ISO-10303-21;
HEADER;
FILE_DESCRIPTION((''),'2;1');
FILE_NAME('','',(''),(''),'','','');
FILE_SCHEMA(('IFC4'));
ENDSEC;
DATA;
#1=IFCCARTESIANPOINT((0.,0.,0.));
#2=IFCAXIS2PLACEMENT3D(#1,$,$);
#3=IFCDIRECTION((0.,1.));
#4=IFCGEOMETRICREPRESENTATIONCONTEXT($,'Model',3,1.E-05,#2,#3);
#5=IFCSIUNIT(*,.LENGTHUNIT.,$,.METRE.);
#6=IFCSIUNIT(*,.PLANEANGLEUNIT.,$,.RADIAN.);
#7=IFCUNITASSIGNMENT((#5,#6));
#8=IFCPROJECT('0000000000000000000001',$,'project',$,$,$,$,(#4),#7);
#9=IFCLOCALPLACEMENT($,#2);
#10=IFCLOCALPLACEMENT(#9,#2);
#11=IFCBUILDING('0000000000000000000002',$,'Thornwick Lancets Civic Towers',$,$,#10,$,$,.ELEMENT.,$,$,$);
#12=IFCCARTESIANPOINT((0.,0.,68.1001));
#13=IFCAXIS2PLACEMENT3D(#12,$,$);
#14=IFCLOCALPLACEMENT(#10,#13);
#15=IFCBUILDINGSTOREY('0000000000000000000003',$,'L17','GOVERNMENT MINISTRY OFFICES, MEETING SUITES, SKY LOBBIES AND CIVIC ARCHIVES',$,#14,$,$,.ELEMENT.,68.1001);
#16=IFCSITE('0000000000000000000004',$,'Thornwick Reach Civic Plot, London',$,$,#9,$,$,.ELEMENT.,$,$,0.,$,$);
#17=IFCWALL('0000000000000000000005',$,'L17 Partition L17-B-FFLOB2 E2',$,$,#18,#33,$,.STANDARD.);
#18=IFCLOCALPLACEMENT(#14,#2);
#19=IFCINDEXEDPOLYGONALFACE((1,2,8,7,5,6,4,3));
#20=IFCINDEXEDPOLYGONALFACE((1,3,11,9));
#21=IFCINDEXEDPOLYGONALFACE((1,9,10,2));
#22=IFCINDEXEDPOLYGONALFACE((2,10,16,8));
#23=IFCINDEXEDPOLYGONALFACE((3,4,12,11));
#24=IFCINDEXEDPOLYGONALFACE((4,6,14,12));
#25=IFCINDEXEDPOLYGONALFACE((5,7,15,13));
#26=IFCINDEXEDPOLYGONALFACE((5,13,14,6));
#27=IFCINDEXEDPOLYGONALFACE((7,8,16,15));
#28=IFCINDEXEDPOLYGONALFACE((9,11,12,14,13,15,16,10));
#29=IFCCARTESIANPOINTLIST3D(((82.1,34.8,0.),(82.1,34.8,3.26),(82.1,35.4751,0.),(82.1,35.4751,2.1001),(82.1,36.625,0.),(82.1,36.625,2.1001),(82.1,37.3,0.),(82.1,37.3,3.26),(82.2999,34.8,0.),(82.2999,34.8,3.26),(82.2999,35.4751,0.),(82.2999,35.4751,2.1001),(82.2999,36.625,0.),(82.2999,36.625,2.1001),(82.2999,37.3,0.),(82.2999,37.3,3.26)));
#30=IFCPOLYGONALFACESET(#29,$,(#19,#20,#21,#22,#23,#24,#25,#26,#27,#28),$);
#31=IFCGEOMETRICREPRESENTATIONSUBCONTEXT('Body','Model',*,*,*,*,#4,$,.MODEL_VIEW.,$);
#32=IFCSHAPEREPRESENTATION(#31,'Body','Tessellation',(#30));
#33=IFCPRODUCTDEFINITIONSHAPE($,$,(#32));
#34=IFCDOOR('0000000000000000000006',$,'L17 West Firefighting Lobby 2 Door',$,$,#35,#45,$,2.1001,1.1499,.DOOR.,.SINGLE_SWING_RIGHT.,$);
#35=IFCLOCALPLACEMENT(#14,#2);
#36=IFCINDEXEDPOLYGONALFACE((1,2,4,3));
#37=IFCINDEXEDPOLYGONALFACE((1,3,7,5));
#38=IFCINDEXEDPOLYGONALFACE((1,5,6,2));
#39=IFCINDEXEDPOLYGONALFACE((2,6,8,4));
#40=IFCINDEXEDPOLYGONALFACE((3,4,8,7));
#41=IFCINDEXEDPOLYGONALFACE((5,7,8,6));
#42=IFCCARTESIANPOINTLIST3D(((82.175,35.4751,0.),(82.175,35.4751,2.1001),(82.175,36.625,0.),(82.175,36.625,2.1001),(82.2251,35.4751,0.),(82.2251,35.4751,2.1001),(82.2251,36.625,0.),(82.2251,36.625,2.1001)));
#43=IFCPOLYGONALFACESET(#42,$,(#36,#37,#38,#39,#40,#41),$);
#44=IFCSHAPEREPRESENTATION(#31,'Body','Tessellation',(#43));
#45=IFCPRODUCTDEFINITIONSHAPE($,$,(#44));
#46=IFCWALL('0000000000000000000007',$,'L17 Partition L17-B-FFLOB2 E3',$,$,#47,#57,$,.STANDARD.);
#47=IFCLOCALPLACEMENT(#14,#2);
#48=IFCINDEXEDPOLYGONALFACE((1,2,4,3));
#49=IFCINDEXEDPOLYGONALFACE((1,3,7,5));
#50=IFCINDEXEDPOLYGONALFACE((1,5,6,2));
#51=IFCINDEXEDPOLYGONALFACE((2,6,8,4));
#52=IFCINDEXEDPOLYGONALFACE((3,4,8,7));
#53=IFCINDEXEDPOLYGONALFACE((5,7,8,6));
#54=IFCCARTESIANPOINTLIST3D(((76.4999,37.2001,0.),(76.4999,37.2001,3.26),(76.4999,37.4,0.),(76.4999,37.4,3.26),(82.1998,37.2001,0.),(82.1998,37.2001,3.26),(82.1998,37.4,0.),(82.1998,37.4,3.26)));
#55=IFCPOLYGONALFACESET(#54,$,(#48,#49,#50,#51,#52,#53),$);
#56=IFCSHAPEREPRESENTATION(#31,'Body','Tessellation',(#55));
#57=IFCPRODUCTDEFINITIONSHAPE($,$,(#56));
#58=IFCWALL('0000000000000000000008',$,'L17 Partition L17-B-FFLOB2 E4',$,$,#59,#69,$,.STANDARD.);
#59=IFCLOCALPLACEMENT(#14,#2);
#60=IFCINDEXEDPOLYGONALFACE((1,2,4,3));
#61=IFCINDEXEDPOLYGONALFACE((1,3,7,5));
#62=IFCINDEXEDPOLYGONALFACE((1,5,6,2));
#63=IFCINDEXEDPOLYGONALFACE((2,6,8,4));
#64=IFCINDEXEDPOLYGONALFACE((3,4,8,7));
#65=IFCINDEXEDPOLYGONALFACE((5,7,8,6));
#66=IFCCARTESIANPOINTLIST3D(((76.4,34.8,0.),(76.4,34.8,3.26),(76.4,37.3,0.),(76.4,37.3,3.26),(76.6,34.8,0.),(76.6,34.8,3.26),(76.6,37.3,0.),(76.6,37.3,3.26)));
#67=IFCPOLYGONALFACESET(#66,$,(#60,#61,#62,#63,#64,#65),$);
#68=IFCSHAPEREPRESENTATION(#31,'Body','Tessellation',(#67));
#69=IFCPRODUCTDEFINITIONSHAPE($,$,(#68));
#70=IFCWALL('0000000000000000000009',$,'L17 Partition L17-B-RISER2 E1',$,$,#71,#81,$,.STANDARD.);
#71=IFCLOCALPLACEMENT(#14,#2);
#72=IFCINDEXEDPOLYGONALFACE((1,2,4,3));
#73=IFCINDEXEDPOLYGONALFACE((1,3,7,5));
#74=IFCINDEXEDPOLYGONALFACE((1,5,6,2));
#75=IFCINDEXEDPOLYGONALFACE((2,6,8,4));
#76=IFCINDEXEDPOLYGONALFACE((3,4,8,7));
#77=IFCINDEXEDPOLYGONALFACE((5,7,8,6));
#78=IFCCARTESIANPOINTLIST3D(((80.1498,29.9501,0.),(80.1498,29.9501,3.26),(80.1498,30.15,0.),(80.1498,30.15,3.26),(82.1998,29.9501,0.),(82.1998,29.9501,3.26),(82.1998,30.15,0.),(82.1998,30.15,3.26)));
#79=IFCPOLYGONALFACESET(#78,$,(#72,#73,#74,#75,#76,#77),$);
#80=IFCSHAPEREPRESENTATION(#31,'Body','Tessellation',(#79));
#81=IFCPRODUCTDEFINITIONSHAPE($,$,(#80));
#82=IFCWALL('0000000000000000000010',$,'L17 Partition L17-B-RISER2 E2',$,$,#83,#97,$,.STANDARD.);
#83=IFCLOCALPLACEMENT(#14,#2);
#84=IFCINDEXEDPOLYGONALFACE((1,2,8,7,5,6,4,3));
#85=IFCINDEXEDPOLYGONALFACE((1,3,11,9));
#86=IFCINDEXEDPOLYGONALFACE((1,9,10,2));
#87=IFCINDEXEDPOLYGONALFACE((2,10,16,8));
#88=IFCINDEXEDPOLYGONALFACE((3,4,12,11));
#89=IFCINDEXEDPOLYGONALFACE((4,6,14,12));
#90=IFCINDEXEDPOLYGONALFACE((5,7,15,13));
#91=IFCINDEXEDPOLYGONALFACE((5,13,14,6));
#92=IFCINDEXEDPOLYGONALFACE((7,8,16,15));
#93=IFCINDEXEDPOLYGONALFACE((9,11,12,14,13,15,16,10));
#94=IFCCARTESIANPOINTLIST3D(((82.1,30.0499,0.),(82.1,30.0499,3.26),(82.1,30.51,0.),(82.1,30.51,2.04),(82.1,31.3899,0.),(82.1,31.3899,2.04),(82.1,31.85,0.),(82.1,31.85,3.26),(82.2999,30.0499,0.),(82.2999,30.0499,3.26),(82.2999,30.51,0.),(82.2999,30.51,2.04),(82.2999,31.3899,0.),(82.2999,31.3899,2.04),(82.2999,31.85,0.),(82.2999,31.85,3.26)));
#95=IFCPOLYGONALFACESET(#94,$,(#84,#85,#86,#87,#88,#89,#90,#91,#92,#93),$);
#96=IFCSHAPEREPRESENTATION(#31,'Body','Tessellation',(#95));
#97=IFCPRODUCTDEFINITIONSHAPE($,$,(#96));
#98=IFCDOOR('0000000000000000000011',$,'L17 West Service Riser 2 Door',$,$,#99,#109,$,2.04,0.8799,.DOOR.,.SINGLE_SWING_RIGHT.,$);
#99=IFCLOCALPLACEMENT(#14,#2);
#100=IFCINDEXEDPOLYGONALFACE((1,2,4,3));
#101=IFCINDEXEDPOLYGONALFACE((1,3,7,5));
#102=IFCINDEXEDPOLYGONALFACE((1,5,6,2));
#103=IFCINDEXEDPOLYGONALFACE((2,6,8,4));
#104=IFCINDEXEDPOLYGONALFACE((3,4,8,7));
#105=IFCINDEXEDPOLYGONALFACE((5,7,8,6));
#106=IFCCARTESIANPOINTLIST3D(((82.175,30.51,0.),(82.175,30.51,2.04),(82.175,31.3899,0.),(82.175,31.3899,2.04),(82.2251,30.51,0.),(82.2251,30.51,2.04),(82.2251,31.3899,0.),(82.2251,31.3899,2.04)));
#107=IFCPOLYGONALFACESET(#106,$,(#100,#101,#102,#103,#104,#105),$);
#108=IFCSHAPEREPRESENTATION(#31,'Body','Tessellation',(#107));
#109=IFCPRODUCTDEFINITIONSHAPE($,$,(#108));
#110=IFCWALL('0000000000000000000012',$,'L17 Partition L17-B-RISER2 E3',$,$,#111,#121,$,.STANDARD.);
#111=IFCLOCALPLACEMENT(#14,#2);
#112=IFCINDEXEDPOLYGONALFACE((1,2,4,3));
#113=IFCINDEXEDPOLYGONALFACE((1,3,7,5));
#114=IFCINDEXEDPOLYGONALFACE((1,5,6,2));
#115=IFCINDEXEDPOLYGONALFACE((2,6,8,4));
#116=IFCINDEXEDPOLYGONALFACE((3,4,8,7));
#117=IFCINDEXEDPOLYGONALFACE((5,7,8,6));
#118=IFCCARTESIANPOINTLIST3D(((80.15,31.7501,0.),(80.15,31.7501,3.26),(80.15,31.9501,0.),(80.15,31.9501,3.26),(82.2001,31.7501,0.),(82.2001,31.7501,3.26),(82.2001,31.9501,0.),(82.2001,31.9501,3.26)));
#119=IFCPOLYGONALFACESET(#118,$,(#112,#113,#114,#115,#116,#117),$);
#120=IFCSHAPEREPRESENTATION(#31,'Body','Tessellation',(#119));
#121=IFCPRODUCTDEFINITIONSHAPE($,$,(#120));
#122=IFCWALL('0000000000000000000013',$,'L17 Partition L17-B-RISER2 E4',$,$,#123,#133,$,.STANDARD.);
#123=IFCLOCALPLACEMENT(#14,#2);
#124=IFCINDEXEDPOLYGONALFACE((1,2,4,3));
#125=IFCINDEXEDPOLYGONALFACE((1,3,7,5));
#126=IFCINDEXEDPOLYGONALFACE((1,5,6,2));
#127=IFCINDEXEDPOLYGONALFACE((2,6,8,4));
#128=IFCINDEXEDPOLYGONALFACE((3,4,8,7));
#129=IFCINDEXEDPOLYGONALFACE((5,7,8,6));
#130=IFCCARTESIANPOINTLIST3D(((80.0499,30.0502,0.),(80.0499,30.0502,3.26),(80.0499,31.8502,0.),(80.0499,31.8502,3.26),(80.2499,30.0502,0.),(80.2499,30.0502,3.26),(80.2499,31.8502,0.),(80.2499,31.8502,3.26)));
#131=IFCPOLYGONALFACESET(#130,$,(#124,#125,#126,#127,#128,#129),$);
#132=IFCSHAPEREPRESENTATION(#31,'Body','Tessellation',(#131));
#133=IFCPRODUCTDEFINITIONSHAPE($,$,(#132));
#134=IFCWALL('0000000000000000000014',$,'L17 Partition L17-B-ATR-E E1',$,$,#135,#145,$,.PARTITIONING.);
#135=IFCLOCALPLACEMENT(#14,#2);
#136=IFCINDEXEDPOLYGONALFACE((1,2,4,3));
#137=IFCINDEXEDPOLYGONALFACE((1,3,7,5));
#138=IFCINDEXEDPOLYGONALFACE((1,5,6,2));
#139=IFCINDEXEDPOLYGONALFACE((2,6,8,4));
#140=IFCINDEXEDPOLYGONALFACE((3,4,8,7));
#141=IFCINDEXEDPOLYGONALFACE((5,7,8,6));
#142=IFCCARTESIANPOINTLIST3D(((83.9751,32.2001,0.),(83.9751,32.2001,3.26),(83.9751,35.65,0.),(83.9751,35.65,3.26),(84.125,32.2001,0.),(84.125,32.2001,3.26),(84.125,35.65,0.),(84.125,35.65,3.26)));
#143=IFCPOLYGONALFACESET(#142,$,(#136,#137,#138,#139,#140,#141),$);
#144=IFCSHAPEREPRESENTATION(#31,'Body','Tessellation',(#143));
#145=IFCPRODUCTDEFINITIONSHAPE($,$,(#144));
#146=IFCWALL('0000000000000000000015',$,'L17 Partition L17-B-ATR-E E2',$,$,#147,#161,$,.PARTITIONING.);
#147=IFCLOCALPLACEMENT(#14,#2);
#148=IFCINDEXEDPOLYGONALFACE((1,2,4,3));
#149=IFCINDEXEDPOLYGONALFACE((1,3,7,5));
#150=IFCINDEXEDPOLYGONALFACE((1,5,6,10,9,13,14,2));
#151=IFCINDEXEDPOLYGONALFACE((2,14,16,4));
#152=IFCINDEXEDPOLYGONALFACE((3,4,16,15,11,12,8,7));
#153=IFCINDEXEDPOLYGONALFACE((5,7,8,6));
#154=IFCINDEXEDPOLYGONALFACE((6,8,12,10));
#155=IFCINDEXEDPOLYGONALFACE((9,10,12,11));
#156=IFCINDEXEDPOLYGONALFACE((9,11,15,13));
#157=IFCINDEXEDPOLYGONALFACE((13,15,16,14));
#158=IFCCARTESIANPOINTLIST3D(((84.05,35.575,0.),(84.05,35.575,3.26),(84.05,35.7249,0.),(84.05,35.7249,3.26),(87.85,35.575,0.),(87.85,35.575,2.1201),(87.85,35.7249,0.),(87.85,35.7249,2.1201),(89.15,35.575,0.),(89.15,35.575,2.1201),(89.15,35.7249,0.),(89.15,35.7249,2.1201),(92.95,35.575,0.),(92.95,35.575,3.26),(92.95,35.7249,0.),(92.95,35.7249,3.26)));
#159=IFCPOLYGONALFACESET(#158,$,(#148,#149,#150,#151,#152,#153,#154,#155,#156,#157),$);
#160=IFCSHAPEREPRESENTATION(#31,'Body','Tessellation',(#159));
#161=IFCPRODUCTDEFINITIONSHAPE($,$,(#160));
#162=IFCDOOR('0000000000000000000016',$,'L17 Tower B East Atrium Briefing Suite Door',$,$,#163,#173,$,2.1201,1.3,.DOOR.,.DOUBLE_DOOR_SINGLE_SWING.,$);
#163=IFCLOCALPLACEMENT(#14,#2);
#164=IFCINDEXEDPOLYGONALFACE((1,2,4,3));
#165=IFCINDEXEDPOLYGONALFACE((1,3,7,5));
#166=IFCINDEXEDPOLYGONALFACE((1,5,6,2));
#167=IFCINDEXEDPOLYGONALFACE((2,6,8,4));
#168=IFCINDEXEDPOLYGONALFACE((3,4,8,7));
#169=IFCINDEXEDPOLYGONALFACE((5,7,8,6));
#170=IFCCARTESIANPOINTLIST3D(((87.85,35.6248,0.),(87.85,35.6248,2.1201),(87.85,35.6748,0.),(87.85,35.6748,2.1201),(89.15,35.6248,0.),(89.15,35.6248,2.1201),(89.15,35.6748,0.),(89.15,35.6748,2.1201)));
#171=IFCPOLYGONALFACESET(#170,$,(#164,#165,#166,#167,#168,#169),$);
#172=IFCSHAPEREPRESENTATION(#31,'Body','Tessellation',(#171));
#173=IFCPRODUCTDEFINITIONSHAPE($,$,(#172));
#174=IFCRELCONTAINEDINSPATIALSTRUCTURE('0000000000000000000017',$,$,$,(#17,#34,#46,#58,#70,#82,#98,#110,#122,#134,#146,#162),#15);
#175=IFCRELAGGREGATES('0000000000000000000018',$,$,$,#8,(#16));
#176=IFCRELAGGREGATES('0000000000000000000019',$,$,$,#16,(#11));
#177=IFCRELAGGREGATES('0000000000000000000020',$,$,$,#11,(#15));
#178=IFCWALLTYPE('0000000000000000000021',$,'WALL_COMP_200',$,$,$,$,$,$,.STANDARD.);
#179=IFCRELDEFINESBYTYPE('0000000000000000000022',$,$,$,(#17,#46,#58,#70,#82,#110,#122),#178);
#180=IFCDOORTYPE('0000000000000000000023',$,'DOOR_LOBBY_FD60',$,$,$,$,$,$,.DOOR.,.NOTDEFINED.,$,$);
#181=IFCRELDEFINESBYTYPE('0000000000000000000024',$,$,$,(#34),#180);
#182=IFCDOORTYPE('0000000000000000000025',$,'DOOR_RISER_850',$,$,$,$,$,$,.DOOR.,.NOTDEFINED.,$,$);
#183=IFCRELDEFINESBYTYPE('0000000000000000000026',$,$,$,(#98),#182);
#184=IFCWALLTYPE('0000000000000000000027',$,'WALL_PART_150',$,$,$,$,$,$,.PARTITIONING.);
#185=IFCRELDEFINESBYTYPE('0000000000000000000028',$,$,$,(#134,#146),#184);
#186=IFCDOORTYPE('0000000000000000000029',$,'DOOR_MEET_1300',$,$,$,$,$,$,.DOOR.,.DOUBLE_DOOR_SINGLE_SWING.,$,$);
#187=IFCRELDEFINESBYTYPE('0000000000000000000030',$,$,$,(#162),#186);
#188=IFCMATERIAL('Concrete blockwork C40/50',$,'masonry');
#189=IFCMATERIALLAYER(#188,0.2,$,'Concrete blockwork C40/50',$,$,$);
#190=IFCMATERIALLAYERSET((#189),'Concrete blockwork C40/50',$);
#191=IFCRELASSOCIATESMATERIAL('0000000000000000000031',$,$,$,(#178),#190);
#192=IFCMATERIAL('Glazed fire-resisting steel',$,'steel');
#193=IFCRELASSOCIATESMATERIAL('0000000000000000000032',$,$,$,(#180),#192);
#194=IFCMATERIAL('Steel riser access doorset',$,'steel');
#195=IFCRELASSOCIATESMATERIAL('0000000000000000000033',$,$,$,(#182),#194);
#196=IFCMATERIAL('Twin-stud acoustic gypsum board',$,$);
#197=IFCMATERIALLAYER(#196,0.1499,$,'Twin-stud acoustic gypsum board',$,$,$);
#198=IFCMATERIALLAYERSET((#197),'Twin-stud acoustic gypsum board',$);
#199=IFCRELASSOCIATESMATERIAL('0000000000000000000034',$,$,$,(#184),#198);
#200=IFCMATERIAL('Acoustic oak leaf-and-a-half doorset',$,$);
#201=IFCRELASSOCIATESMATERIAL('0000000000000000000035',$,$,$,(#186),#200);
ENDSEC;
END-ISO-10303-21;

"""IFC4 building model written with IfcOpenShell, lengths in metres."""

from ifc_helpers import new_model, si_unit, direction, frame, frame_2d, origin, place, context, subcontext, project, spatial, rectangle, extrude, material, layer, layer_set, type_object, element, fill, save


model = new_model("IFC4")

# Units and contexts
model_context = context("Model", 3, precision=1e-05, world=origin(), true_north=direction((0.0, 1.0)))
body_context = subcontext(model_context, "Body", "Model", "MODEL_VIEW")
ifc_project = project(units=[si_unit("LENGTHUNIT", "METRE"), si_unit("PLANEANGLEUNIT", "RADIAN")], contexts=[model_context])

# Site, building, storey
site_placement = place(None, origin())
site = spatial("IfcSite", under=ifc_project, at=site_placement, Name="Thornwick Reach Civic Plot, London", CompositionType="ELEMENT", RefElevation=0.0)
building_placement = place(site_placement, origin())
building = spatial("IfcBuilding", under=site, at=building_placement, Name="Thornwick Lancets Civic Towers", CompositionType="ELEMENT")
storey_placement = place(building_placement, frame((0.0, 0.0, 68.1001)))
storey = spatial("IfcBuildingStorey", under=building, at=storey_placement, Name="L17", Description="GOVERNMENT MINISTRY OFFICES, MEETING SUITES, SKY LOBBIES AND CIVIC ARCHIVES", CompositionType="ELEMENT", Elevation=68.1001)

# Shared definitions
ifc_material_1 = material(Name="Concrete blockwork C40/50", Category="masonry")
ifc_layer_1 = layer(ifc_material_1, 0.2, Name="Concrete blockwork C40/50")
ifc_layer_set_1 = layer_set([ifc_layer_1], Name="Concrete blockwork C40/50")
wall_type_1 = type_object("IfcWallType", Name="WALL_COMP_200", PredefinedType="STANDARD", material=ifc_layer_set_1)

# Wall, opening, door
wall_1_placement = place(storey_placement, frame((82.2, 34.8, 0.0), z_axis=(0.0, 0.0, 1.0), x_axis=(0.0, 1.0, 0.0)))
wall_1 = element("IfcWall", 1, at=wall_1_placement, inside=storey, type_object=wall_type_1, Name="L17 Partition L17-B-FFLOB2 E2", PredefinedType="STANDARD", context=body_context, shape_type="SweptSolid", body=[
    extrude(rectangle(XDim=2.5, YDim=0.2, at=frame_2d((1.25, 0.0))), origin(), (0.0, 0.0, 1.0), 3.26),
])
opening_1_placement = place(wall_1_placement, frame((0.675, 0.0, 0.0)))
opening_1 = element("IfcOpeningElement", 2, at=opening_1_placement, cuts=wall_1, PredefinedType="OPENING", context=body_context, shape_type="SweptSolid", body=[
    extrude(rectangle(XDim=1.1499, YDim=2.1001, at=frame_2d((0.575, 1.05))), frame((0.0, 0.1099, 0.0), z_axis=(0.0, -1.0, 0.0), x_axis=(1.0, 0.0, 0.0)), (0.0, 0.0, 1.0), 0.22),
])
ifc_material_2 = material(Name="Glazed fire-resisting steel", Category="steel")
door_type_1 = type_object("IfcDoorType", Name="DOOR_LOBBY_FD60", OperationType="NOTDEFINED", PredefinedType="DOOR", material=ifc_material_2)
door_1_placement = place(opening_1_placement, origin())
door_1 = element("IfcDoor", 3, at=door_1_placement, inside=storey, type_object=door_type_1, Name="L17 West Firefighting Lobby 2 Door", OperationType="SINGLE_SWING_RIGHT", OverallHeight=2.1001, OverallWidth=1.1499, PredefinedType="DOOR", context=body_context, shape_type="SweptSolid", body=[
    extrude(rectangle(XDim=1.1499, YDim=2.1001, at=frame_2d((0.575, 1.05))), frame((0.0, 0.0249, 0.0), z_axis=(0.0, -1.0, 0.0), x_axis=(1.0, 0.0, 0.0)), (0.0, 0.0, 1.0), 0.05),
])
fill(opening_1, door_1)

# Walls
wall_2_placement = place(storey_placement, frame((82.2, 37.3, 0.0), z_axis=(0.0, 0.0, 1.0), x_axis=(-1.0, 0.0, 0.0)))
element("IfcWall", 4, at=wall_2_placement, inside=storey, type_object=wall_type_1, Name="L17 Partition L17-B-FFLOB2 E3", PredefinedType="STANDARD", context=body_context, shape_type="SweptSolid", body=[
    extrude(rectangle(XDim=5.7, YDim=0.2, at=frame_2d((2.8501, 0.0))), origin(), (0.0, 0.0, 1.0), 3.26),
])
wall_3_placement = place(storey_placement, frame((76.5, 37.3, 0.0), z_axis=(0.0, 0.0, 1.0), x_axis=(0.0, -1.0, 0.0)))
element("IfcWall", 5, at=wall_3_placement, inside=storey, type_object=wall_type_1, Name="L17 Partition L17-B-FFLOB2 E4", PredefinedType="STANDARD", context=body_context, shape_type="SweptSolid", body=[
    extrude(rectangle(XDim=2.5, YDim=0.2, at=frame_2d((1.25, 0.0))), origin(), (0.0, 0.0, 1.0), 3.26),
])
wall_4_placement = place(storey_placement, frame((80.1499, 30.05, 0.0), z_axis=(0.0, 0.0, 1.0), x_axis=(1.0, 0.0, 0.0)))
element("IfcWall", 6, at=wall_4_placement, inside=storey, type_object=wall_type_1, Name="L17 Partition L17-B-RISER2 E1", PredefinedType="STANDARD", context=body_context, shape_type="SweptSolid", body=[
    extrude(rectangle(XDim=2.05, YDim=0.2, at=frame_2d((1.0249, 0.0))), origin(), (0.0, 0.0, 1.0), 3.26),
])

# Wall, opening, door
wall_5_placement = place(storey_placement, frame((82.2, 30.05, 0.0), z_axis=(0.0, 0.0, 1.0), x_axis=(0.0, 1.0, 0.0)))
wall_5 = element("IfcWall", 7, at=wall_5_placement, inside=storey, type_object=wall_type_1, Name="L17 Partition L17-B-RISER2 E2", PredefinedType="STANDARD", context=body_context, shape_type="SweptSolid", body=[
    extrude(rectangle(XDim=1.8, YDim=0.2, at=frame_2d((0.8999, 0.0))), origin(), (0.0, 0.0, 1.0), 3.26),
])
opening_2_placement = place(wall_5_placement, frame((0.46, 0.0, 0.0)))
opening_2 = element("IfcOpeningElement", 8, at=opening_2_placement, cuts=wall_5, PredefinedType="OPENING", context=body_context, shape_type="SweptSolid", body=[
    extrude(rectangle(XDim=0.8799, YDim=2.04, at=frame_2d((0.4399, 1.02))), frame((0.0, 0.1099, 0.0), z_axis=(0.0, -1.0, 0.0), x_axis=(1.0, 0.0, 0.0)), (0.0, 0.0, 1.0), 0.22),
])
ifc_material_3 = material(Name="Steel riser access doorset", Category="steel")
door_type_2 = type_object("IfcDoorType", Name="DOOR_RISER_850", OperationType="NOTDEFINED", PredefinedType="DOOR", material=ifc_material_3)
door_2_placement = place(opening_2_placement, origin())
door_2 = element("IfcDoor", 9, at=door_2_placement, inside=storey, type_object=door_type_2, Name="L17 West Service Riser 2 Door", OperationType="SINGLE_SWING_RIGHT", OverallHeight=2.04, OverallWidth=0.8799, PredefinedType="DOOR", context=body_context, shape_type="SweptSolid", body=[
    extrude(rectangle(XDim=0.8799, YDim=2.04, at=frame_2d((0.4399, 1.02))), frame((0.0, 0.0249, 0.0), z_axis=(0.0, -1.0, 0.0), x_axis=(1.0, 0.0, 0.0)), (0.0, 0.0, 1.0), 0.05),
])
fill(opening_2, door_2)

# Walls
wall_6_placement = place(storey_placement, frame((82.2, 31.8501, 0.0), z_axis=(0.0, 0.0, 1.0), x_axis=(-1.0, 0.0, 0.0)))
element("IfcWall", 10, at=wall_6_placement, inside=storey, type_object=wall_type_1, Name="L17 Partition L17-B-RISER2 E3", PredefinedType="STANDARD", context=body_context, shape_type="SweptSolid", body=[
    extrude(rectangle(XDim=2.05, YDim=0.2, at=frame_2d((1.0249, 0.0))), origin(), (0.0, 0.0, 1.0), 3.26),
])
wall_7_placement = place(storey_placement, frame((80.1499, 31.8501, 0.0), z_axis=(0.0, 0.0, 1.0), x_axis=(0.0, -1.0, 0.0)))
element("IfcWall", 11, at=wall_7_placement, inside=storey, type_object=wall_type_1, Name="L17 Partition L17-B-RISER2 E4", PredefinedType="STANDARD", context=body_context, shape_type="SweptSolid", body=[
    extrude(rectangle(XDim=1.8, YDim=0.2, at=frame_2d((0.8999, 0.0))), origin(), (0.0, 0.0, 1.0), 3.26),
])
ifc_material_4 = material(Name="Twin-stud acoustic gypsum board")
ifc_layer_2 = layer(ifc_material_4, 0.1499, Name="Twin-stud acoustic gypsum board")
ifc_layer_set_2 = layer_set([ifc_layer_2], Name="Twin-stud acoustic gypsum board")
wall_type_2 = type_object("IfcWallType", Name="WALL_PART_150", PredefinedType="PARTITIONING", material=ifc_layer_set_2)
wall_8_placement = place(storey_placement, frame((84.05, 32.2, 0.0), z_axis=(0.0, 0.0, 1.0), x_axis=(0.0, 1.0, 0.0)))
element("IfcWall", 12, at=wall_8_placement, inside=storey, type_object=wall_type_2, Name="L17 Partition L17-B-ATR-E E1", PredefinedType="PARTITIONING", context=body_context, shape_type="SweptSolid", body=[
    extrude(rectangle(XDim=3.45, YDim=0.1499, at=frame_2d((1.7251, 0.0))), origin(), (0.0, 0.0, 1.0), 3.26),
])

# Wall, opening, door
wall_9_placement = place(storey_placement, frame((84.05, 35.6499, 0.0), z_axis=(0.0, 0.0, 1.0), x_axis=(1.0, 0.0, 0.0)))
wall_9 = element("IfcWall", 13, at=wall_9_placement, inside=storey, type_object=wall_type_2, Name="L17 Partition L17-B-ATR-E E2", PredefinedType="PARTITIONING", context=body_context, shape_type="SweptSolid", body=[
    extrude(rectangle(XDim=8.8999, YDim=0.1499, at=frame_2d((4.45, 0.0))), origin(), (0.0, 0.0, 1.0), 3.26),
])
opening_3_placement = place(wall_9_placement, frame((3.8, 0.0, 0.0)))
opening_3 = element("IfcOpeningElement", 14, at=opening_3_placement, cuts=wall_9, PredefinedType="OPENING", context=body_context, shape_type="SweptSolid", body=[
    extrude(rectangle(XDim=1.3, YDim=2.1201, at=frame_2d((0.6499, 1.0601))), frame((0.0, 0.085, 0.0), z_axis=(0.0, -1.0, 0.0), x_axis=(1.0, 0.0, 0.0)), (0.0, 0.0, 1.0), 0.1699),
])
ifc_material_5 = material(Name="Acoustic oak leaf-and-a-half doorset")
door_type_3 = type_object("IfcDoorType", Name="DOOR_MEET_1300", OperationType="DOUBLE_DOOR_SINGLE_SWING", PredefinedType="DOOR", material=ifc_material_5)
door_3_placement = place(opening_3_placement, origin())
door_3 = element("IfcDoor", 15, at=door_3_placement, inside=storey, type_object=door_type_3, Name="L17 Tower B East Atrium Briefing Suite Door", OperationType="DOUBLE_DOOR_SINGLE_SWING", OverallHeight=2.1201, OverallWidth=1.3, PredefinedType="DOOR", context=body_context, shape_type="SweptSolid", body=[
    extrude(rectangle(XDim=1.3, YDim=2.1201, at=frame_2d((0.6499, 1.0601))), frame((0.0, 0.0249, 0.0), z_axis=(0.0, -1.0, 0.0), x_axis=(1.0, 0.0, 0.0)), (0.0, 0.0, 1.0), 0.05),
])
fill(opening_3, door_3)

save(model, "model.ifc")
